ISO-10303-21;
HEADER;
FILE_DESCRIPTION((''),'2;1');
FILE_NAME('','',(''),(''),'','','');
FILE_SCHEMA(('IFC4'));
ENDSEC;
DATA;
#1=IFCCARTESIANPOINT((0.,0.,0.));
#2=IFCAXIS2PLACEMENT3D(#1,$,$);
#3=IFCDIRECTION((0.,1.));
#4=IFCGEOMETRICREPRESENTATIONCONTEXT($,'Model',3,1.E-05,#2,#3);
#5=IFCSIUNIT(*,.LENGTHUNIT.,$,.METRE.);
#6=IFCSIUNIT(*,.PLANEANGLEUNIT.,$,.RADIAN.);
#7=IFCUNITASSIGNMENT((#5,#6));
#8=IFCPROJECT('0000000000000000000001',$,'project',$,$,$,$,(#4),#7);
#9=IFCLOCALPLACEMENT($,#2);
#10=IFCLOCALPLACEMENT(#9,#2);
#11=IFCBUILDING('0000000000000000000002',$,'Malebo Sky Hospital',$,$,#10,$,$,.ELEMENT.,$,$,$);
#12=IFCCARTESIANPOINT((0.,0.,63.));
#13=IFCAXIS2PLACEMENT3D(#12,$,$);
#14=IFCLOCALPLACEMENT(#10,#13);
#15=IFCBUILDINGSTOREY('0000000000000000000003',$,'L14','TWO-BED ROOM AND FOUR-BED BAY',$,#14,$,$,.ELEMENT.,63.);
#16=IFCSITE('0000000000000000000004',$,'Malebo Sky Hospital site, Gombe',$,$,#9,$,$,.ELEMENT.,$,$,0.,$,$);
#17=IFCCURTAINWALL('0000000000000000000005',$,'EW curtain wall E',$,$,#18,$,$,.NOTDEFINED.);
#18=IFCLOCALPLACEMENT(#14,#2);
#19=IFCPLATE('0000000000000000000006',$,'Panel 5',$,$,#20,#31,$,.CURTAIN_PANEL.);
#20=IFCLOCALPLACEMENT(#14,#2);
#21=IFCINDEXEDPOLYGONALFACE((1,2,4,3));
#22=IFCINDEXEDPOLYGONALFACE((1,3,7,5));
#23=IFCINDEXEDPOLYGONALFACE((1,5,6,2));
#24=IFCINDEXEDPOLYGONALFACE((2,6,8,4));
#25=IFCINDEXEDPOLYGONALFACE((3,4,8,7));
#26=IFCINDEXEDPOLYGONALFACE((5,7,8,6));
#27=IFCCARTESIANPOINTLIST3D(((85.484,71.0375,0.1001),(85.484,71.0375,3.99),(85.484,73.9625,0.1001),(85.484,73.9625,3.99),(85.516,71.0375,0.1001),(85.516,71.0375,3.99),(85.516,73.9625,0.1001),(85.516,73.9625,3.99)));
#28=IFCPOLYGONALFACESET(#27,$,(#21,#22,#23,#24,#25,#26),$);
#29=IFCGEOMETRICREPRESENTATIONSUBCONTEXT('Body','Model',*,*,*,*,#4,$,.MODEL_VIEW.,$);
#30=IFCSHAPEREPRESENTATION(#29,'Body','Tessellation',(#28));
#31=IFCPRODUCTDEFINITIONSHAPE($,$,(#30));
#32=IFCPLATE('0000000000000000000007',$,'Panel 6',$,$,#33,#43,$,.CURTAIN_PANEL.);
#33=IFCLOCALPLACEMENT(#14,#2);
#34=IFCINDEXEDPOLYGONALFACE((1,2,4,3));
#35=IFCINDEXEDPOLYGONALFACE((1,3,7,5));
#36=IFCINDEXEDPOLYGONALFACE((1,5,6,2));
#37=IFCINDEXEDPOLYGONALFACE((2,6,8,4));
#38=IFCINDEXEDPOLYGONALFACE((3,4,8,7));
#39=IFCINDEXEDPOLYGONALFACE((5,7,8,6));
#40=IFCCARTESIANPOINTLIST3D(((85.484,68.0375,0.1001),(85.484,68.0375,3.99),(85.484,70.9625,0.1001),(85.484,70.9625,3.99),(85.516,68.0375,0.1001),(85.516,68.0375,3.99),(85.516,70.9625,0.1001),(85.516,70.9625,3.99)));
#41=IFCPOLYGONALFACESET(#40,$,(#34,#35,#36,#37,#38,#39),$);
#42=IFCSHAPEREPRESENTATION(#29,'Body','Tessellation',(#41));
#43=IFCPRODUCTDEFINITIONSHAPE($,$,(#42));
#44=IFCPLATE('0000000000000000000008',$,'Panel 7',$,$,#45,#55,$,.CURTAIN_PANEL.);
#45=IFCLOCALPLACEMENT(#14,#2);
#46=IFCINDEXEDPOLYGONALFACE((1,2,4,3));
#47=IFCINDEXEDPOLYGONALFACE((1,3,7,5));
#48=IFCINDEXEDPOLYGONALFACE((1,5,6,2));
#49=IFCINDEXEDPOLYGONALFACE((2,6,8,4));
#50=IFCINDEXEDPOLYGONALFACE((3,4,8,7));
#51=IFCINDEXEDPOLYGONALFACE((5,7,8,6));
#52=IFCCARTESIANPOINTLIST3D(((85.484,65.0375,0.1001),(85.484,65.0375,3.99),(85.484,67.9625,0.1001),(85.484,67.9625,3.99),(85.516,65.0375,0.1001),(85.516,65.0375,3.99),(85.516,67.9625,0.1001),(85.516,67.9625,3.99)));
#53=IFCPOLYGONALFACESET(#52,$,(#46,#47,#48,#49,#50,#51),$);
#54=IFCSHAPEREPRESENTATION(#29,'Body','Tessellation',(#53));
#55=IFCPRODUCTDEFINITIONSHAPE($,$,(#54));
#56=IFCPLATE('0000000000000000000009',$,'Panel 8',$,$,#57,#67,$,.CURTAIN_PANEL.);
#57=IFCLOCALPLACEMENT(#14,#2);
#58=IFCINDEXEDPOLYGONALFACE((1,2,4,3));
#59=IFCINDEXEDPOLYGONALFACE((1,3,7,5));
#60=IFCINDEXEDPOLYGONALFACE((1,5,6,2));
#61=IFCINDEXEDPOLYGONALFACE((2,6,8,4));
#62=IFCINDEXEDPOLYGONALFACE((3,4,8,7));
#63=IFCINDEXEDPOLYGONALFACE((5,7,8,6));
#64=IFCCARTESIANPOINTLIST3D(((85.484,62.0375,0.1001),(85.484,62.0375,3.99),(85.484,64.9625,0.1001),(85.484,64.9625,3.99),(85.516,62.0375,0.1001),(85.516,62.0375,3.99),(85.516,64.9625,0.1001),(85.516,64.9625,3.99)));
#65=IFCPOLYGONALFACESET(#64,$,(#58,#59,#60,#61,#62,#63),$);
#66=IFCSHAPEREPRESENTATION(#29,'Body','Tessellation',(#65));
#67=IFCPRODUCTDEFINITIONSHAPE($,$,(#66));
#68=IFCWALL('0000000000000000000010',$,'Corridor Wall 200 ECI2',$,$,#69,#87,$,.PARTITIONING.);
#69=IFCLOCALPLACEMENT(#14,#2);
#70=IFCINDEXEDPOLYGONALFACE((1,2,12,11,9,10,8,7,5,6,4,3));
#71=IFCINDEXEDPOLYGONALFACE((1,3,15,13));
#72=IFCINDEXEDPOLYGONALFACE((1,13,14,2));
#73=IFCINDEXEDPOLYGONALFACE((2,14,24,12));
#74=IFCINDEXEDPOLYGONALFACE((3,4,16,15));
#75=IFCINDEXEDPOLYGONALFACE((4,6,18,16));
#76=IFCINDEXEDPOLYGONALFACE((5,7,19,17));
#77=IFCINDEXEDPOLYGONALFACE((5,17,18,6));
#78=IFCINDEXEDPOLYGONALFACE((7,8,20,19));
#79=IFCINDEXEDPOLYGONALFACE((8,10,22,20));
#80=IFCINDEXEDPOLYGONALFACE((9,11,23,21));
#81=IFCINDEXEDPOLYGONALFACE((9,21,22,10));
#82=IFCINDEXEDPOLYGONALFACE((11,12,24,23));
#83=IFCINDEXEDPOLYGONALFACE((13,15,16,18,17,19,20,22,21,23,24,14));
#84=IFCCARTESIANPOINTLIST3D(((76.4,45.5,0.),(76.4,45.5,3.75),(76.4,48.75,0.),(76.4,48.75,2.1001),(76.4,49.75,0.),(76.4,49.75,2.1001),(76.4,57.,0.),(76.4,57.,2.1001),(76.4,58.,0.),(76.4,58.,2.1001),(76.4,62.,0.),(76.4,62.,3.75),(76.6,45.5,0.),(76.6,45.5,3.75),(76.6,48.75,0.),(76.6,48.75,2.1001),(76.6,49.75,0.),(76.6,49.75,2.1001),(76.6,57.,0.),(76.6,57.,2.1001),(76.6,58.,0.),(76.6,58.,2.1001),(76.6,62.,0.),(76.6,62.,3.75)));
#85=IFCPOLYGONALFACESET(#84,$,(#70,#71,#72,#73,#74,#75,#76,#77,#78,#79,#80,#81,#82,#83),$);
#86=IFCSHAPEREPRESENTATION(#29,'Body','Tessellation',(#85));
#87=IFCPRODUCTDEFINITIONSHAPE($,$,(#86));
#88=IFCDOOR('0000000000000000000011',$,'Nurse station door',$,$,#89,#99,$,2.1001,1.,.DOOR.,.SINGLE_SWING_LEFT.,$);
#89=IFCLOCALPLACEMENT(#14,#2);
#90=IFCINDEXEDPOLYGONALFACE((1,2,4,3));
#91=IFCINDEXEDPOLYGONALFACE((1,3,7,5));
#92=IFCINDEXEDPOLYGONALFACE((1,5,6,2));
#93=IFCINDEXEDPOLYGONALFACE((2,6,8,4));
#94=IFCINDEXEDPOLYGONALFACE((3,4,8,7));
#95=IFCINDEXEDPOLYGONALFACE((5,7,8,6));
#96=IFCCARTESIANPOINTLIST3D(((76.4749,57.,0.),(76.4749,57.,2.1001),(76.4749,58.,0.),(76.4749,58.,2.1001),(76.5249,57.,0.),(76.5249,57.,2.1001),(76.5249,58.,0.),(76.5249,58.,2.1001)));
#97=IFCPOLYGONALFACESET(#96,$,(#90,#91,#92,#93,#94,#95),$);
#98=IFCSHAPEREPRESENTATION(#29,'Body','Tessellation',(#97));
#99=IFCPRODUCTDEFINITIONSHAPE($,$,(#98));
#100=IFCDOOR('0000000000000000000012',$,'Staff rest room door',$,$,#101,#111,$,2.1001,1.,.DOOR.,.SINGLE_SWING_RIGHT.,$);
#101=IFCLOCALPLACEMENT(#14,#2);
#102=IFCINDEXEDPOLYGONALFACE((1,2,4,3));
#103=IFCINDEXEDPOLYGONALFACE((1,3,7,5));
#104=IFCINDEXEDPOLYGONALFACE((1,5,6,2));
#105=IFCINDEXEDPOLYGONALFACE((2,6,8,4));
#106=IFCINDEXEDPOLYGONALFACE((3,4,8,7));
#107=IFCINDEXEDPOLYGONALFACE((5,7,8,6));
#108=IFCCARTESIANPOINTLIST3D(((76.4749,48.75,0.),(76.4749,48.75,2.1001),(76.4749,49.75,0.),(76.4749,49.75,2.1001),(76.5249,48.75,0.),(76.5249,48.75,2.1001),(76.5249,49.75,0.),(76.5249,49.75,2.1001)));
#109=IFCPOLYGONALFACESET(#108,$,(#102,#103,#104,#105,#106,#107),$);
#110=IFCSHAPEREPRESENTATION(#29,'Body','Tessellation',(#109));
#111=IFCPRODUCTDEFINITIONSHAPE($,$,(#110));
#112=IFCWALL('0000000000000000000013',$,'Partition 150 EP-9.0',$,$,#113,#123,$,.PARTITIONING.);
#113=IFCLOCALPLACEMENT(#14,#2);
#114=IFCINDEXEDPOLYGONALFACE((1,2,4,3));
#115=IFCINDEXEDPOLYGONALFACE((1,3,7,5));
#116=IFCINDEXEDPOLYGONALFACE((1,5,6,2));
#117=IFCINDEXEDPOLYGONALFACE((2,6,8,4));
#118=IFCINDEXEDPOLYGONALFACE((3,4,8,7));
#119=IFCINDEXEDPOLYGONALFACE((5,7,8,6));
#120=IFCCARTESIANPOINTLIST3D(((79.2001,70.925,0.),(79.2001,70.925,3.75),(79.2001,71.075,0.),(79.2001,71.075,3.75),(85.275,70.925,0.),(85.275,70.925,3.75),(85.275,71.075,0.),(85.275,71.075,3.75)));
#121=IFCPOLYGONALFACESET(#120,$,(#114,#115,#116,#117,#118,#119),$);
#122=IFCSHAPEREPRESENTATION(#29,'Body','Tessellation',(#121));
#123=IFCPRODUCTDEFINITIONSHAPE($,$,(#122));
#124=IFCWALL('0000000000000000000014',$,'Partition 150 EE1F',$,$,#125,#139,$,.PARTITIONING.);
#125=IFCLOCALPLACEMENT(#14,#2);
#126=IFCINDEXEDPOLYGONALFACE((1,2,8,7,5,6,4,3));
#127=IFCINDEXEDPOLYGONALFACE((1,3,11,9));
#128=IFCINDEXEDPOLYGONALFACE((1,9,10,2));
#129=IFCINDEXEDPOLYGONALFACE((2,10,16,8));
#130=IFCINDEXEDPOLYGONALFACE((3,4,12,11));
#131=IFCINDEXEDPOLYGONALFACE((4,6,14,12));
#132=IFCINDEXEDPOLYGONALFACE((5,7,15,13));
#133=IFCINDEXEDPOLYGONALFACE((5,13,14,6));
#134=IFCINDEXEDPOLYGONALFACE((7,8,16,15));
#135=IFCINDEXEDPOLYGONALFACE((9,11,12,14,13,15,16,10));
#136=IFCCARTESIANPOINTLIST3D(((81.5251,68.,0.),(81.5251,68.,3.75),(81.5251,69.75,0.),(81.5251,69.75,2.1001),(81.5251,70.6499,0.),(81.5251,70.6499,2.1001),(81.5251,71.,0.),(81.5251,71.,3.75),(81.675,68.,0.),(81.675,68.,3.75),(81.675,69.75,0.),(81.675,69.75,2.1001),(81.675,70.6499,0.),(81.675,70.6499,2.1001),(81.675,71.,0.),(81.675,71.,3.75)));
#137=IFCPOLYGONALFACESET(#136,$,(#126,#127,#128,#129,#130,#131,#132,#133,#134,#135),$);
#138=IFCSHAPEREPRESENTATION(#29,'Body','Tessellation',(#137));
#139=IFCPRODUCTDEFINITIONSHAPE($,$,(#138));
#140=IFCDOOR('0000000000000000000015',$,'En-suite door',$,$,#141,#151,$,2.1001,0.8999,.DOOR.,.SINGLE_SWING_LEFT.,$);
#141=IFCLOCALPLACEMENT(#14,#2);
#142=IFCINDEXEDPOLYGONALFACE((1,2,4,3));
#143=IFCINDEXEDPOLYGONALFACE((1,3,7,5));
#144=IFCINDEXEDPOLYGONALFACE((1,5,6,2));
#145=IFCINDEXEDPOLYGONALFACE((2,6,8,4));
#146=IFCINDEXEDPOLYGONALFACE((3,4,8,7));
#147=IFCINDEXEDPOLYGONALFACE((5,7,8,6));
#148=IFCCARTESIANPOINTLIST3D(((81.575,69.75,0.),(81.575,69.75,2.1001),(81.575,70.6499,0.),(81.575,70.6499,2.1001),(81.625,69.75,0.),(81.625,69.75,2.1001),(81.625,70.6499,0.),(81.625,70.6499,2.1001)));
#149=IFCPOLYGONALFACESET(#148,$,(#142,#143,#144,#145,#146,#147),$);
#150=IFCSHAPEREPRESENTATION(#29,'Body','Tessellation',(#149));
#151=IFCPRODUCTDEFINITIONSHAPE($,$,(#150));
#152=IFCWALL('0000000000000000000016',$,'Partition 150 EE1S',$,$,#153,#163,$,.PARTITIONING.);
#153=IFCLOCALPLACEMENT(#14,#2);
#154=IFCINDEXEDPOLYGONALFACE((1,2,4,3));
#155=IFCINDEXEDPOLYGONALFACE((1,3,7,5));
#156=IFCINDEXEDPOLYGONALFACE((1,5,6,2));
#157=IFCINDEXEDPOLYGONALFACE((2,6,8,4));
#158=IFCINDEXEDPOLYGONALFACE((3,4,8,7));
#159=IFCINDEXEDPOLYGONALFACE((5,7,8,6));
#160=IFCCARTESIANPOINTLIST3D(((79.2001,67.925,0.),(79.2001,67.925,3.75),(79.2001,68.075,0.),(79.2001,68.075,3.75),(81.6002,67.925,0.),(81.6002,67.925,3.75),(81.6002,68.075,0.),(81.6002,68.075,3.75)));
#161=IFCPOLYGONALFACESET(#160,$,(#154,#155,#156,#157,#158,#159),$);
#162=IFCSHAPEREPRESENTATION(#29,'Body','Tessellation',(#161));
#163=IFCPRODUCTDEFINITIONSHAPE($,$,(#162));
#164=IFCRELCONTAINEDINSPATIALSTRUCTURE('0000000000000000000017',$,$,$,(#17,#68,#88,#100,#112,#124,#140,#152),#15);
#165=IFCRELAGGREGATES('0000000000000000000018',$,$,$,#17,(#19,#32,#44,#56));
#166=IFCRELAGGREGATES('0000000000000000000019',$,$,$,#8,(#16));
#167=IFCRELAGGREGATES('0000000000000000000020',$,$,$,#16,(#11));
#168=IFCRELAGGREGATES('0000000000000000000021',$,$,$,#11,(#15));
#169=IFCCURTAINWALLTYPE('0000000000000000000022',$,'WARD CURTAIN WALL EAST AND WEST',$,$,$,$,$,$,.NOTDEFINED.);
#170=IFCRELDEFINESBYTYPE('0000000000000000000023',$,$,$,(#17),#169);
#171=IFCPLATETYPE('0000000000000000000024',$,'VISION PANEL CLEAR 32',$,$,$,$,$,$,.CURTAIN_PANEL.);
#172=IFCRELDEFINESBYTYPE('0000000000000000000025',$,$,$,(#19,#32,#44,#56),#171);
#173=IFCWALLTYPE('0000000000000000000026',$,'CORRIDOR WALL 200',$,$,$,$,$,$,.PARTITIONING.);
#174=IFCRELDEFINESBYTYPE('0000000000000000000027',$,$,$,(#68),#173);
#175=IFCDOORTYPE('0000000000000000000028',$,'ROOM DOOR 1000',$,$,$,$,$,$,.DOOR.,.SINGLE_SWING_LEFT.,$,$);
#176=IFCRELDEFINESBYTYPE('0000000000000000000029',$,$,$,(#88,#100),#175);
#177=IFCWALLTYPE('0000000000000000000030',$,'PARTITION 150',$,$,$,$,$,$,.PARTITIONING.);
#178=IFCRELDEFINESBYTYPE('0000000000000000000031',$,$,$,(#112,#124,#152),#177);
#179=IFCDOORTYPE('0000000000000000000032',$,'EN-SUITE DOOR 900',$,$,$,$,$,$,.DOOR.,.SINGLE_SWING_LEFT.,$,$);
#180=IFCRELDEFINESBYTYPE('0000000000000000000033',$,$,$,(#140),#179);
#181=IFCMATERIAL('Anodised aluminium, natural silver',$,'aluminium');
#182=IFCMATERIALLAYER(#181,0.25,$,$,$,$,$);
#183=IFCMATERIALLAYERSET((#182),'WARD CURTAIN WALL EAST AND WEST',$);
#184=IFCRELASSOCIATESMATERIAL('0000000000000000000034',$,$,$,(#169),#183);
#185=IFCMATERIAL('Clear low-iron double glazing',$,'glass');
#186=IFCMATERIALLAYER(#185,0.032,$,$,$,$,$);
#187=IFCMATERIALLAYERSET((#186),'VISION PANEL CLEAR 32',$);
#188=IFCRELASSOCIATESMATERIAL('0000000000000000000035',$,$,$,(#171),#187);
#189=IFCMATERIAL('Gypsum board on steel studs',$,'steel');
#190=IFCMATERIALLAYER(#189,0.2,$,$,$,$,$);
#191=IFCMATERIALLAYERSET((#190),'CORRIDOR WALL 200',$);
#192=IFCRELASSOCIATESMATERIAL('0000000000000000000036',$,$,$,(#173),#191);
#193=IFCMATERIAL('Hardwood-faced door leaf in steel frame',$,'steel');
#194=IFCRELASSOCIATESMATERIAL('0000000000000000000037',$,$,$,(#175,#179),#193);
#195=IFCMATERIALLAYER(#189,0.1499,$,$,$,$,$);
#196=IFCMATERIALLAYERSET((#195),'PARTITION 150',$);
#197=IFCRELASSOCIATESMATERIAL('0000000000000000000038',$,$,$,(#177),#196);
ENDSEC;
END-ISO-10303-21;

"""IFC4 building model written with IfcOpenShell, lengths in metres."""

from ifc_helpers import new_model, si_unit, direction, frame, frame_2d, origin, origin_2d, place, context, subcontext, project, spatial, rectangle, extrude, material, layer, layer_set, type_object, element, fill, aggregate, save


model = new_model("IFC4")

# Units and contexts
model_context = context("Model", 3, precision=1e-05, world=origin(), true_north=direction((0.0, 1.0)))
body_context = subcontext(model_context, "Body", "Model", "MODEL_VIEW")
ifc_project = project(units=[si_unit("LENGTHUNIT", "METRE"), si_unit("PLANEANGLEUNIT", "RADIAN")], contexts=[model_context])

# Site, building, storey
site_placement = place(None, origin())
site = spatial("IfcSite", under=ifc_project, at=site_placement, Name="Malebo Sky Hospital site, Gombe", CompositionType="ELEMENT", RefElevation=0.0)
building_placement = place(site_placement, origin())
building = spatial("IfcBuilding", under=site, at=building_placement, Name="Malebo Sky Hospital", CompositionType="ELEMENT")
storey_placement = place(building_placement, frame((0.0, 0.0, 63.0)))
storey = spatial("IfcBuildingStorey", under=building, at=storey_placement, Name="L14", Description="TWO-BED ROOM AND FOUR-BED BAY", CompositionType="ELEMENT", Elevation=63.0)

# Curtain wall
ifc_material_1 = material(Name="Anodised aluminium, natural silver", Category="aluminium")
ifc_layer_1 = layer(ifc_material_1, 0.25)
ifc_layer_set_1 = layer_set([ifc_layer_1], Name="WARD CURTAIN WALL EAST AND WEST")
curtain_wall_type = type_object("IfcCurtainWallType", Name="WARD CURTAIN WALL EAST AND WEST", PredefinedType="NOTDEFINED", material=ifc_layer_set_1)
curtain_wall_placement = place(storey_placement, origin())
curtain_wall = element("IfcCurtainWall", 1, at=curtain_wall_placement, inside=storey, type_object=curtain_wall_type, Name="EW curtain wall E", PredefinedType="NOTDEFINED")

# Plates
ifc_material_2 = material(Name="Clear low-iron double glazing", Category="glass")
ifc_layer_2 = layer(ifc_material_2, 0.032)
ifc_layer_set_2 = layer_set([ifc_layer_2], Name="VISION PANEL CLEAR 32")
plate_type = type_object("IfcPlateType", Name="VISION PANEL CLEAR 32", PredefinedType="CURTAIN_PANEL", material=ifc_layer_set_2)
plate_1_placement = place(storey_placement, frame((85.5, 72.5, 0.1001), z_axis=(0.0, 0.0, 1.0), x_axis=(0.0, -1.0, 0.0)))
plate_1 = element("IfcPlate", 2, at=plate_1_placement, type_object=plate_type, Name="Panel 5", PredefinedType="CURTAIN_PANEL", context=body_context, shape_type="SweptSolid", body=[
    extrude(rectangle(XDim=2.925, YDim=0.032, at=origin_2d()), origin(), (0.0, 0.0, 1.0), 3.8899),
])
plate_2_placement = place(storey_placement, frame((85.5, 69.5, 0.1001), z_axis=(0.0, 0.0, 1.0), x_axis=(0.0, -1.0, 0.0)))
plate_2 = element("IfcPlate", 3, at=plate_2_placement, type_object=plate_type, Name="Panel 6", PredefinedType="CURTAIN_PANEL", context=body_context, shape_type="SweptSolid", body=[
    extrude(rectangle(XDim=2.925, YDim=0.032, at=origin_2d()), origin(), (0.0, 0.0, 1.0), 3.8899),
])
plate_3_placement = place(storey_placement, frame((85.5, 66.5, 0.1001), z_axis=(0.0, 0.0, 1.0), x_axis=(0.0, -1.0, 0.0)))
plate_3 = element("IfcPlate", 4, at=plate_3_placement, type_object=plate_type, Name="Panel 7", PredefinedType="CURTAIN_PANEL", context=body_context, shape_type="SweptSolid", body=[
    extrude(rectangle(XDim=2.925, YDim=0.032, at=origin_2d()), origin(), (0.0, 0.0, 1.0), 3.8899),
])
plate_4_placement = place(storey_placement, frame((85.5, 63.5, 0.1001), z_axis=(0.0, 0.0, 1.0), x_axis=(0.0, -1.0, 0.0)))
plate_4 = element("IfcPlate", 5, at=plate_4_placement, type_object=plate_type, Name="Panel 8", PredefinedType="CURTAIN_PANEL", context=body_context, shape_type="SweptSolid", body=[
    extrude(rectangle(XDim=2.925, YDim=0.032, at=origin_2d()), origin(), (0.0, 0.0, 1.0), 3.8899),
])
aggregate(curtain_wall, [plate_1, plate_2, plate_3, plate_4])

# Wall, openings, doors
ifc_material_3 = material(Name="Gypsum board on steel studs", Category="steel")
ifc_layer_3 = layer(ifc_material_3, 0.2)
ifc_layer_set_3 = layer_set([ifc_layer_3], Name="CORRIDOR WALL 200")
wall_type_1 = type_object("IfcWallType", Name="CORRIDOR WALL 200", PredefinedType="PARTITIONING", material=ifc_layer_set_3)
wall_1_placement = place(storey_placement, frame((76.5, 62.0, 0.0), z_axis=(0.0, 0.0, 1.0), x_axis=(0.0, -1.0, 0.0)))
wall_1 = element("IfcWall", 6, at=wall_1_placement, inside=storey, type_object=wall_type_1, Name="Corridor Wall 200 ECI2", PredefinedType="PARTITIONING", context=body_context, shape_type="SweptSolid", body=[
    extrude(rectangle(XDim=16.5, YDim=0.2, at=frame_2d((8.25, 0.0))), origin(), (0.0, 0.0, 1.0), 3.75),
])
opening_1_placement = place(wall_1_placement, frame((4.0, 0.0, 0.0)))
opening_1 = element("IfcOpeningElement", 7, at=opening_1_placement, cuts=wall_1, PredefinedType="OPENING", context=body_context, shape_type="SweptSolid", body=[
    extrude(rectangle(XDim=1.0, YDim=2.1001, at=frame_2d((0.5, 1.05))), frame((0.0, 0.1099, 0.0), z_axis=(0.0, -1.0, 0.0), x_axis=(1.0, 0.0, 0.0)), (0.0, 0.0, 1.0), 0.22),
])
opening_2_placement = place(wall_1_placement, frame((12.25, 0.0, 0.0)))
opening_2 = element("IfcOpeningElement", 8, at=opening_2_placement, cuts=wall_1, PredefinedType="OPENING", context=body_context, shape_type="SweptSolid", body=[
    extrude(rectangle(XDim=1.0, YDim=2.1001, at=frame_2d((0.5, 1.05))), frame((0.0, 0.1099, 0.0), z_axis=(0.0, -1.0, 0.0), x_axis=(1.0, 0.0, 0.0)), (0.0, 0.0, 1.0), 0.22),
])
ifc_material_4 = material(Name="Hardwood-faced door leaf in steel frame", Category="steel")
door_type_1 = type_object("IfcDoorType", Name="ROOM DOOR 1000", OperationType="SINGLE_SWING_LEFT", PredefinedType="DOOR", material=ifc_material_4)
door_1_placement = place(opening_1_placement, origin())
door_1 = element("IfcDoor", 9, at=door_1_placement, inside=storey, type_object=door_type_1, Name="Nurse station door", OperationType="SINGLE_SWING_LEFT", OverallHeight=2.1001, OverallWidth=1.0, PredefinedType="DOOR", context=body_context, shape_type="SweptSolid", body=[
    extrude(rectangle(XDim=1.0, YDim=2.1001, at=frame_2d((0.5, 1.05))), frame((0.0, 0.0249, 0.0), z_axis=(0.0, -1.0, 0.0), x_axis=(1.0, 0.0, 0.0)), (0.0, 0.0, 1.0), 0.05),
])
fill(opening_1, door_1)
door_2_placement = place(opening_2_placement, origin())
door_2 = element("IfcDoor", 10, at=door_2_placement, inside=storey, type_object=door_type_1, Name="Staff rest room door", OperationType="SINGLE_SWING_RIGHT", OverallHeight=2.1001, OverallWidth=1.0, PredefinedType="DOOR", context=body_context, shape_type="SweptSolid", body=[
    extrude(rectangle(XDim=1.0, YDim=2.1001, at=frame_2d((0.5, 1.05))), frame((0.0, 0.0249, 0.0), z_axis=(0.0, -1.0, 0.0), x_axis=(1.0, 0.0, 0.0)), (0.0, 0.0, 1.0), 0.05),
])
fill(opening_2, door_2)

# Wall
ifc_layer_4 = layer(ifc_material_3, 0.1499)
ifc_layer_set_4 = layer_set([ifc_layer_4], Name="PARTITION 150")
wall_type_2 = type_object("IfcWallType", Name="PARTITION 150", PredefinedType="PARTITIONING", material=ifc_layer_set_4)
wall_2_placement = place(storey_placement, frame((79.2, 71.0, 0.0), z_axis=(0.0, 0.0, 1.0), x_axis=(1.0, 0.0, 0.0)))
element("IfcWall", 11, at=wall_2_placement, inside=storey, type_object=wall_type_2, Name="Partition 150 EP-9.0", PredefinedType="PARTITIONING", context=body_context, shape_type="SweptSolid", body=[
    extrude(rectangle(XDim=6.075, YDim=0.1499, at=frame_2d((3.0376, 0.0))), origin(), (0.0, 0.0, 1.0), 3.75),
])

# Wall, opening, door
wall_3_placement = place(storey_placement, frame((81.6001, 71.0, 0.0), z_axis=(0.0, 0.0, 1.0), x_axis=(0.0, -1.0, 0.0)))
wall_3 = element("IfcWall", 12, at=wall_3_placement, inside=storey, type_object=wall_type_2, Name="Partition 150 EE1F", PredefinedType="PARTITIONING", context=body_context, shape_type="SweptSolid", body=[
    extrude(rectangle(XDim=3.0, YDim=0.1499, at=frame_2d((1.5, 0.0))), origin(), (0.0, 0.0, 1.0), 3.75),
])
opening_3_placement = place(wall_3_placement, frame((0.3501, 0.0, 0.0)))
opening_3 = element("IfcOpeningElement", 13, at=opening_3_placement, cuts=wall_3, PredefinedType="OPENING", context=body_context, shape_type="SweptSolid", body=[
    extrude(rectangle(XDim=0.8999, YDim=2.1001, at=frame_2d((0.45, 1.05))), frame((0.0, 0.085, 0.0), z_axis=(0.0, -1.0, 0.0), x_axis=(1.0, 0.0, 0.0)), (0.0, 0.0, 1.0), 0.1699),
])
door_type_2 = type_object("IfcDoorType", Name="EN-SUITE DOOR 900", OperationType="SINGLE_SWING_LEFT", PredefinedType="DOOR", material=ifc_material_4)
door_3_placement = place(opening_3_placement, origin())
door_3 = element("IfcDoor", 14, at=door_3_placement, inside=storey, type_object=door_type_2, Name="En-suite door", OperationType="SINGLE_SWING_LEFT", OverallHeight=2.1001, OverallWidth=0.8999, PredefinedType="DOOR", context=body_context, shape_type="SweptSolid", body=[
    extrude(rectangle(XDim=0.8999, YDim=2.1001, at=frame_2d((0.45, 1.05))), frame((0.0, 0.0249, 0.0), z_axis=(0.0, -1.0, 0.0), x_axis=(1.0, 0.0, 0.0)), (0.0, 0.0, 1.0), 0.05),
])
fill(opening_3, door_3)

# Wall
wall_4_placement = place(storey_placement, frame((79.2, 68.0, 0.0), z_axis=(0.0, 0.0, 1.0), x_axis=(1.0, 0.0, 0.0)))
element("IfcWall", 15, at=wall_4_placement, inside=storey, type_object=wall_type_2, Name="Partition 150 EE1S", PredefinedType="PARTITIONING", context=body_context, shape_type="SweptSolid", body=[
    extrude(rectangle(XDim=2.4001, YDim=0.1499, at=frame_2d((1.2002, 0.0))), origin(), (0.0, 0.0, 1.0), 3.75),
])

save(model, "model.ifc")
